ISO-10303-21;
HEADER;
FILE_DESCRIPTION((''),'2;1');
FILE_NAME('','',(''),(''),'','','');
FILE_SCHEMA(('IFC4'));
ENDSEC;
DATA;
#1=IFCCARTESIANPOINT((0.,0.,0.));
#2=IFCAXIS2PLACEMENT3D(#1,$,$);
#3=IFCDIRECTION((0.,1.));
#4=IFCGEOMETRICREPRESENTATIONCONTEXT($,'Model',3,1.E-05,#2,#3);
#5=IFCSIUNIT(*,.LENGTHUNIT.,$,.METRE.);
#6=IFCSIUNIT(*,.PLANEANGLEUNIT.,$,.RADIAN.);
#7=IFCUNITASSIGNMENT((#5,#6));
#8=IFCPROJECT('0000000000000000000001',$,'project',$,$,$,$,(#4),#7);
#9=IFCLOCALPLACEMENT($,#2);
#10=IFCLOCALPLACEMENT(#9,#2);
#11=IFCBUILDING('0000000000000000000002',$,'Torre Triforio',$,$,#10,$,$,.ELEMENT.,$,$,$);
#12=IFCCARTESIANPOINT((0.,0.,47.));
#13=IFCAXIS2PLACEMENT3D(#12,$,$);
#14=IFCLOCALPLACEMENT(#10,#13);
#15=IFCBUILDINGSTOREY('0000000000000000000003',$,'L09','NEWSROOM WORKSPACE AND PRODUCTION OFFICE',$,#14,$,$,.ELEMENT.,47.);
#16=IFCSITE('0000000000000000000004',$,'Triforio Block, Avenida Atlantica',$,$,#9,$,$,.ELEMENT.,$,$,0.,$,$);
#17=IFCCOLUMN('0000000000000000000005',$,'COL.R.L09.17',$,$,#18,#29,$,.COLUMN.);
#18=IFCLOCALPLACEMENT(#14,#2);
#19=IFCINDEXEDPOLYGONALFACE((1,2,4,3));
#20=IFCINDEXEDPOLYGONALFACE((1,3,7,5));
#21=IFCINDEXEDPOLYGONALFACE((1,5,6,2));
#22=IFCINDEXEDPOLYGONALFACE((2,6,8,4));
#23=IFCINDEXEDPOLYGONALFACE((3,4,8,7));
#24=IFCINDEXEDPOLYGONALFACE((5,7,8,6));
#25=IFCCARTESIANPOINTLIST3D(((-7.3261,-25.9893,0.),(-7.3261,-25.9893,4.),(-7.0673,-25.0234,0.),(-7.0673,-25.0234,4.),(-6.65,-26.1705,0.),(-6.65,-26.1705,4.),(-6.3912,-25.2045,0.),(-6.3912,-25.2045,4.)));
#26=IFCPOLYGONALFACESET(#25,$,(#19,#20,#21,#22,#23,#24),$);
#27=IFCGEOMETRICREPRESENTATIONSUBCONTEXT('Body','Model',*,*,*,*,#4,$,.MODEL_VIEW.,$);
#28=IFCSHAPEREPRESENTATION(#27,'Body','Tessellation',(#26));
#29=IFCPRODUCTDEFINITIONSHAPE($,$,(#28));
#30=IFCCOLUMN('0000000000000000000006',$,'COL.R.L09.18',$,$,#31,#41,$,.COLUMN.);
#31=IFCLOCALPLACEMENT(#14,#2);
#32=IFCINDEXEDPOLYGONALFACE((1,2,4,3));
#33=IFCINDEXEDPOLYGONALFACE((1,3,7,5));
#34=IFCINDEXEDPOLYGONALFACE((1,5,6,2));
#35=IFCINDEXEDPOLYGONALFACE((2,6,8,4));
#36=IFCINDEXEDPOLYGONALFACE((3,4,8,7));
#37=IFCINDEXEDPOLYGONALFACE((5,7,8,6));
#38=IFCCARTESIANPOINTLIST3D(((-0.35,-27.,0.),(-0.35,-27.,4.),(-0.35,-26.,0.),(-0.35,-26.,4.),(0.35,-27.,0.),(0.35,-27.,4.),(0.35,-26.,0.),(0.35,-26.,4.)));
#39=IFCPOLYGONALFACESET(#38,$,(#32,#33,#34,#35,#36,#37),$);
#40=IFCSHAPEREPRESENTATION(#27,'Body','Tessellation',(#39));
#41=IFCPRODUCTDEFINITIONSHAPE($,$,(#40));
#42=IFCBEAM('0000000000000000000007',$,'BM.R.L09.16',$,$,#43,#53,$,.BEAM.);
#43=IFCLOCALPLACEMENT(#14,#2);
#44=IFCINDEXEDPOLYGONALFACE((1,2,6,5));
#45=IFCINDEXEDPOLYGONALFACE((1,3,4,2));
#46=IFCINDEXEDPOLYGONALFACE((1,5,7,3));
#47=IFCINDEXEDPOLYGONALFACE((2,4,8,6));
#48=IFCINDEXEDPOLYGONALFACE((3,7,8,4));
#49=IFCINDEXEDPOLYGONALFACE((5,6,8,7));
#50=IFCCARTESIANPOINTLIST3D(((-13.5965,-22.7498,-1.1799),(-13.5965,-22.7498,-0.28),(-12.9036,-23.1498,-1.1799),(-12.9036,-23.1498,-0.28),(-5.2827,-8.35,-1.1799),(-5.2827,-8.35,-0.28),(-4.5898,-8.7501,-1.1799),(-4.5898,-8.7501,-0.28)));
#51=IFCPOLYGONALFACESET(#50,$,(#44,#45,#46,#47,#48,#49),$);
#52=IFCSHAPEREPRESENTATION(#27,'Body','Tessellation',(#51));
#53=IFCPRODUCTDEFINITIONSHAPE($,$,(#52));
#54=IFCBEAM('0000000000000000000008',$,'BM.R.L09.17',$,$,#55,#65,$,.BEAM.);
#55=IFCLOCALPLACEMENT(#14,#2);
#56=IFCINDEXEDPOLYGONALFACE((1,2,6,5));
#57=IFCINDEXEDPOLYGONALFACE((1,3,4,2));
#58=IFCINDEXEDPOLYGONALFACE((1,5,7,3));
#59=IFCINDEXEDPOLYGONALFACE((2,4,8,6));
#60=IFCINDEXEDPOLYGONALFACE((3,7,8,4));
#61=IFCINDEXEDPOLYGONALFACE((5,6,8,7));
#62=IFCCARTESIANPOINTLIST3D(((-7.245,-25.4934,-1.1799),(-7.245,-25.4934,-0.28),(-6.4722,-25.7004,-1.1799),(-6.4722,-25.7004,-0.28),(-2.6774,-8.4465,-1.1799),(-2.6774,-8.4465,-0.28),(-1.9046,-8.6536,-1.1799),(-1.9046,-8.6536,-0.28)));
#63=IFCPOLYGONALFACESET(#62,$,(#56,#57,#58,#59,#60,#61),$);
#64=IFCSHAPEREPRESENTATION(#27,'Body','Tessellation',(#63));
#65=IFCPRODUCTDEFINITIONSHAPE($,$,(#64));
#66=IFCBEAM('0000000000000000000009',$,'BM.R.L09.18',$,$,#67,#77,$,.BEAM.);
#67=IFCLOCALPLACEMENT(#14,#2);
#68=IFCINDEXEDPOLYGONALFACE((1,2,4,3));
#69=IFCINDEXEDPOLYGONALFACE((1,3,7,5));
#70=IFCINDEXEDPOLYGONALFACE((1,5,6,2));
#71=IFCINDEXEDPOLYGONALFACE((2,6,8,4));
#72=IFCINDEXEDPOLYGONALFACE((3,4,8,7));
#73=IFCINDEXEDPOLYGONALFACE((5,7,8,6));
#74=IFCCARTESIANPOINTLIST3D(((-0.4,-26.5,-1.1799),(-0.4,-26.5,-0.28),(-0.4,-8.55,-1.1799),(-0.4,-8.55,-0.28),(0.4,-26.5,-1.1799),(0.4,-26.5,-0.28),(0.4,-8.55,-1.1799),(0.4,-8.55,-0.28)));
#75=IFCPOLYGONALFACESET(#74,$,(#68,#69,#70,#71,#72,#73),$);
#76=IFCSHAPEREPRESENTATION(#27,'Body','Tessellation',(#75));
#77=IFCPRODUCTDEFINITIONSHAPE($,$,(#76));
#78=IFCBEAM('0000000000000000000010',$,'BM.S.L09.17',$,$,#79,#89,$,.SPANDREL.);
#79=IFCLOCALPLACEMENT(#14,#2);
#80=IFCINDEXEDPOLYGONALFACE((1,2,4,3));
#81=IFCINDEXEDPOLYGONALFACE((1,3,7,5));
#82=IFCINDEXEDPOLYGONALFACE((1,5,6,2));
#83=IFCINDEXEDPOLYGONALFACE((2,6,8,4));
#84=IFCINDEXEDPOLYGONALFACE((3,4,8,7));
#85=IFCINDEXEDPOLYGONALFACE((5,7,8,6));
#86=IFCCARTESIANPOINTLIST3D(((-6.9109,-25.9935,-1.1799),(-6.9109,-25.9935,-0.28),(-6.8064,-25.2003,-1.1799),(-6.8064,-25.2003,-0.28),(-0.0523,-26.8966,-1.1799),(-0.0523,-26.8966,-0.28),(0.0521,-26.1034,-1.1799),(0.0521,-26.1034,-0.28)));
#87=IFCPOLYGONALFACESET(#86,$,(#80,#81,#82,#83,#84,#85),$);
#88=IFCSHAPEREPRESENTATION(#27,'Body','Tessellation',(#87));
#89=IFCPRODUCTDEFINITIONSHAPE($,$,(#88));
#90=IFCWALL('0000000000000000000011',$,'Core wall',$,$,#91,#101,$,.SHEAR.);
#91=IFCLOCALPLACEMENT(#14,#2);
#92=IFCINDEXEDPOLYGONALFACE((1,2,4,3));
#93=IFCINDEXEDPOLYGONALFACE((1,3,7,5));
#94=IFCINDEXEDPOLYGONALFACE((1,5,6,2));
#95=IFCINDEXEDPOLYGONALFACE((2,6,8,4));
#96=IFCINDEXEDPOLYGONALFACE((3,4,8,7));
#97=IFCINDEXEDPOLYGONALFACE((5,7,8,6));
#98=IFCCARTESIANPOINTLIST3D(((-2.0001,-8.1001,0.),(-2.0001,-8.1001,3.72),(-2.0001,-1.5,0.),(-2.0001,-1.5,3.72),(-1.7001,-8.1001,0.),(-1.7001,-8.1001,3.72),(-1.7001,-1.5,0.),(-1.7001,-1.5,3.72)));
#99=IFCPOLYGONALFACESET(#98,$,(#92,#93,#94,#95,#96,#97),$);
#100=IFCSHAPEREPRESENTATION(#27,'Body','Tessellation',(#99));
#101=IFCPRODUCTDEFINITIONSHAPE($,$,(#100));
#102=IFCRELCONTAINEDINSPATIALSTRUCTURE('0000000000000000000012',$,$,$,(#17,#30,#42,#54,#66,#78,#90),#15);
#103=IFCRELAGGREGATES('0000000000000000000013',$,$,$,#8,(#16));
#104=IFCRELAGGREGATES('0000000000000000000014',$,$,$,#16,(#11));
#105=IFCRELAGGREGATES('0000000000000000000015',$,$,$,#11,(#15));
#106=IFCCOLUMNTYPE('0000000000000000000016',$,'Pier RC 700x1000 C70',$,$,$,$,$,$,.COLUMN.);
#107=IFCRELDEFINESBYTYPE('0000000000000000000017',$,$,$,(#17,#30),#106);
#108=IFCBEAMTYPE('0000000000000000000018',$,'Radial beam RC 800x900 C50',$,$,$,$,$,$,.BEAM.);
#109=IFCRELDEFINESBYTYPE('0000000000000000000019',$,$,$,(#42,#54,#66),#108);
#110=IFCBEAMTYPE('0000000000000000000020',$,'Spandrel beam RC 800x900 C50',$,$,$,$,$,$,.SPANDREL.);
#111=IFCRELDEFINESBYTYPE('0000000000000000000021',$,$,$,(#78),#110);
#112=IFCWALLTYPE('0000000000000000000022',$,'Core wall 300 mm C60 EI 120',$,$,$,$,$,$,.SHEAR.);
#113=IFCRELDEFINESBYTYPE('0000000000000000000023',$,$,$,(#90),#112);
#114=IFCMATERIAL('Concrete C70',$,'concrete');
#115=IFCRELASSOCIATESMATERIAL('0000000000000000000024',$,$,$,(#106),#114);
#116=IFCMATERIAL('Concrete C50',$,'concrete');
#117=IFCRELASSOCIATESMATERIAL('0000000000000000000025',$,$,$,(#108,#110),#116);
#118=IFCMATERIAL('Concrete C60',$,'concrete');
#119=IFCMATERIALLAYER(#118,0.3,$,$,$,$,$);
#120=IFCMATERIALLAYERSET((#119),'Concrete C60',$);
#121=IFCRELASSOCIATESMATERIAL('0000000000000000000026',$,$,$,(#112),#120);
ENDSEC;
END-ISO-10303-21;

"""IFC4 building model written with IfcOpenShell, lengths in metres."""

from ifc_helpers import new_model, si_unit, direction, frame, frame_2d, origin, origin_2d, place, context, subcontext, project, spatial, rectangle, extrude, material, layer, layer_set, material_profile, profile_set, type_object, element, save


model = new_model("IFC4")

# Units and contexts
model_context = context("Model", 3, precision=1e-05, world=origin(), true_north=direction((0.0, 1.0)))
body_context = subcontext(model_context, "Body", "Model", "MODEL_VIEW")
ifc_project = project(units=[si_unit("LENGTHUNIT", "METRE"), si_unit("PLANEANGLEUNIT", "RADIAN")], contexts=[model_context])

# Site, building, storey
site_placement = place(None, origin())
site = spatial("IfcSite", under=ifc_project, at=site_placement, Name="Triforio Block, Avenida Atlantica", CompositionType="ELEMENT", RefElevation=0.0)
building_placement = place(site_placement, origin())
building = spatial("IfcBuilding", under=site, at=building_placement, Name="Torre Triforio", CompositionType="ELEMENT")
storey_placement = place(building_placement, frame((0.0, 0.0, 47.0)))
storey = spatial("IfcBuildingStorey", under=building, at=storey_placement, Name="L09", Description="NEWSROOM WORKSPACE AND PRODUCTION OFFICE", CompositionType="ELEMENT", Elevation=47.0)

# Columns
ifc_material_1 = material(Name="Concrete C70", Category="concrete")
ifc_material_profile_1 = material_profile(ifc_material_1, rectangle(XDim=0.7, YDim=1.0, at=origin_2d()), Name="RC 700x1000")
ifc_profile_set_1 = profile_set([ifc_material_profile_1], Name="Concrete C70")
column_type = type_object("IfcColumnType", Name="Pier RC 700x1000 C70", PredefinedType="COLUMN", material=ifc_profile_set_1)
for number, where, z_axis, x_axis, name in (
    (1, (-6.8586, -25.5969, 0.0), (0.0, 0.0, 1.0), (0.965926, -0.258819, 0.0), "COL.R.L09.17"),
    (2, (0.0, -26.5, 0.0), (0.0, 0.0, 1.0), (1.0, 0.0, 0.0), "COL.R.L09.18"),
):
    element("IfcColumn", number, at=place(storey_placement, frame(where, z_axis=z_axis, x_axis=x_axis)), inside=storey, type_object=column_type, Name=name, PredefinedType="COLUMN", context=body_context, shape_type="SweptSolid", body=[
        extrude(rectangle(XDim=0.7, YDim=1.0, at=origin_2d()), origin(), (0.0, 0.0, 1.0), 4.0),
    ])

# Beams
ifc_material_2 = material(Name="Concrete C50", Category="concrete")
ifc_material_profile_2 = material_profile(ifc_material_2, rectangle(XDim=0.8, YDim=0.8999, at=origin_2d()), Name="RC 800x900")
ifc_profile_set_2 = profile_set([ifc_material_profile_2], Name="Concrete C50")
beam_type_1 = type_object("IfcBeamType", Name="Radial beam RC 800x900 C50", PredefinedType="BEAM", material=ifc_profile_set_2)
beam_1_placement = place(storey_placement, frame((-4.9363, -8.55, -0.73), z_axis=(-0.500003, -0.866023, 0.0), x_axis=(0.866023, -0.500003, 0.0)))
element("IfcBeam", 3, at=beam_1_placement, inside=storey, type_object=beam_type_1, Name="BM.R.L09.16", PredefinedType="BEAM", context=body_context, shape_type="SweptSolid", body=[
    extrude(rectangle(XDim=0.8, YDim=0.8999, at=origin_2d()), origin(), (0.0, 0.0, 1.0), 16.6274),
])
beam_2_placement = place(storey_placement, frame((-2.291, -8.55, -0.73), z_axis=(-0.258815, -0.965927, 0.0), x_axis=(0.965927, -0.258815, 0.0)))
element("IfcBeam", 4, at=beam_2_placement, inside=storey, type_object=beam_type_1, Name="BM.R.L09.17", PredefinedType="BEAM", context=body_context, shape_type="SweptSolid", body=[
    extrude(rectangle(XDim=0.8, YDim=0.8999, at=origin_2d()), origin(), (0.0, 0.0, 1.0), 17.6482),
])
beam_3_placement = place(storey_placement, frame((0.0, -8.55, -0.73), z_axis=(0.0, -1.0, 0.0), x_axis=(1.0, 0.0, 0.0)))
element("IfcBeam", 5, at=beam_3_placement, inside=storey, type_object=beam_type_1, Name="BM.R.L09.18", PredefinedType="BEAM", context=body_context, shape_type="SweptSolid", body=[
    extrude(rectangle(XDim=0.8, YDim=0.8999, at=origin_2d()), origin(), (0.0, 0.0, 1.0), 17.95),
])
ifc_material_profile_3 = material_profile(ifc_material_2, rectangle(XDim=0.8, YDim=0.8999, at=origin_2d()), Name="RC 800x900")
ifc_profile_set_3 = profile_set([ifc_material_profile_3], Name="Concrete C50")
beam_type_2 = type_object("IfcBeamType", Name="Spandrel beam RC 800x900 C50", PredefinedType="SPANDREL", material=ifc_profile_set_3)
beam_4_placement = place(storey_placement, frame((-6.8586, -25.5969, -0.73), z_axis=(0.991443, -0.130543, 0.0), x_axis=(0.130543, 0.991443, 0.0)))
element("IfcBeam", 6, at=beam_4_placement, inside=storey, type_object=beam_type_2, Name="BM.S.L09.17", PredefinedType="SPANDREL", context=body_context, shape_type="SweptSolid", body=[
    extrude(rectangle(XDim=0.8, YDim=0.8999, at=origin_2d()), origin(), (0.0, 0.0, 1.0), 6.9177),
])

# Wall
ifc_material_3 = material(Name="Concrete C60", Category="concrete")
ifc_layer_1 = layer(ifc_material_3, 0.3)
ifc_layer_set_1 = layer_set([ifc_layer_1], Name="Concrete C60")
wall_type_1 = type_object("IfcWallType", Name="Core wall 300 mm C60 EI 120", PredefinedType="SHEAR", material=ifc_layer_set_1)
wall_1_placement = place(storey_placement, frame((-1.8501, -8.1001, 0.0), z_axis=(0.0, 0.0, 1.0), x_axis=(0.0, 1.0, 0.0)))
element("IfcWall", 7, at=wall_1_placement, inside=storey, type_object=wall_type_1, Name="Core wall", PredefinedType="SHEAR", context=body_context, shape_type="SweptSolid", body=[
    extrude(rectangle(XDim=6.6001, YDim=0.3, at=frame_2d((3.3, 0.0))), origin(), (0.0, 0.0, 1.0), 3.72),
])

save(model, "model.ifc")
